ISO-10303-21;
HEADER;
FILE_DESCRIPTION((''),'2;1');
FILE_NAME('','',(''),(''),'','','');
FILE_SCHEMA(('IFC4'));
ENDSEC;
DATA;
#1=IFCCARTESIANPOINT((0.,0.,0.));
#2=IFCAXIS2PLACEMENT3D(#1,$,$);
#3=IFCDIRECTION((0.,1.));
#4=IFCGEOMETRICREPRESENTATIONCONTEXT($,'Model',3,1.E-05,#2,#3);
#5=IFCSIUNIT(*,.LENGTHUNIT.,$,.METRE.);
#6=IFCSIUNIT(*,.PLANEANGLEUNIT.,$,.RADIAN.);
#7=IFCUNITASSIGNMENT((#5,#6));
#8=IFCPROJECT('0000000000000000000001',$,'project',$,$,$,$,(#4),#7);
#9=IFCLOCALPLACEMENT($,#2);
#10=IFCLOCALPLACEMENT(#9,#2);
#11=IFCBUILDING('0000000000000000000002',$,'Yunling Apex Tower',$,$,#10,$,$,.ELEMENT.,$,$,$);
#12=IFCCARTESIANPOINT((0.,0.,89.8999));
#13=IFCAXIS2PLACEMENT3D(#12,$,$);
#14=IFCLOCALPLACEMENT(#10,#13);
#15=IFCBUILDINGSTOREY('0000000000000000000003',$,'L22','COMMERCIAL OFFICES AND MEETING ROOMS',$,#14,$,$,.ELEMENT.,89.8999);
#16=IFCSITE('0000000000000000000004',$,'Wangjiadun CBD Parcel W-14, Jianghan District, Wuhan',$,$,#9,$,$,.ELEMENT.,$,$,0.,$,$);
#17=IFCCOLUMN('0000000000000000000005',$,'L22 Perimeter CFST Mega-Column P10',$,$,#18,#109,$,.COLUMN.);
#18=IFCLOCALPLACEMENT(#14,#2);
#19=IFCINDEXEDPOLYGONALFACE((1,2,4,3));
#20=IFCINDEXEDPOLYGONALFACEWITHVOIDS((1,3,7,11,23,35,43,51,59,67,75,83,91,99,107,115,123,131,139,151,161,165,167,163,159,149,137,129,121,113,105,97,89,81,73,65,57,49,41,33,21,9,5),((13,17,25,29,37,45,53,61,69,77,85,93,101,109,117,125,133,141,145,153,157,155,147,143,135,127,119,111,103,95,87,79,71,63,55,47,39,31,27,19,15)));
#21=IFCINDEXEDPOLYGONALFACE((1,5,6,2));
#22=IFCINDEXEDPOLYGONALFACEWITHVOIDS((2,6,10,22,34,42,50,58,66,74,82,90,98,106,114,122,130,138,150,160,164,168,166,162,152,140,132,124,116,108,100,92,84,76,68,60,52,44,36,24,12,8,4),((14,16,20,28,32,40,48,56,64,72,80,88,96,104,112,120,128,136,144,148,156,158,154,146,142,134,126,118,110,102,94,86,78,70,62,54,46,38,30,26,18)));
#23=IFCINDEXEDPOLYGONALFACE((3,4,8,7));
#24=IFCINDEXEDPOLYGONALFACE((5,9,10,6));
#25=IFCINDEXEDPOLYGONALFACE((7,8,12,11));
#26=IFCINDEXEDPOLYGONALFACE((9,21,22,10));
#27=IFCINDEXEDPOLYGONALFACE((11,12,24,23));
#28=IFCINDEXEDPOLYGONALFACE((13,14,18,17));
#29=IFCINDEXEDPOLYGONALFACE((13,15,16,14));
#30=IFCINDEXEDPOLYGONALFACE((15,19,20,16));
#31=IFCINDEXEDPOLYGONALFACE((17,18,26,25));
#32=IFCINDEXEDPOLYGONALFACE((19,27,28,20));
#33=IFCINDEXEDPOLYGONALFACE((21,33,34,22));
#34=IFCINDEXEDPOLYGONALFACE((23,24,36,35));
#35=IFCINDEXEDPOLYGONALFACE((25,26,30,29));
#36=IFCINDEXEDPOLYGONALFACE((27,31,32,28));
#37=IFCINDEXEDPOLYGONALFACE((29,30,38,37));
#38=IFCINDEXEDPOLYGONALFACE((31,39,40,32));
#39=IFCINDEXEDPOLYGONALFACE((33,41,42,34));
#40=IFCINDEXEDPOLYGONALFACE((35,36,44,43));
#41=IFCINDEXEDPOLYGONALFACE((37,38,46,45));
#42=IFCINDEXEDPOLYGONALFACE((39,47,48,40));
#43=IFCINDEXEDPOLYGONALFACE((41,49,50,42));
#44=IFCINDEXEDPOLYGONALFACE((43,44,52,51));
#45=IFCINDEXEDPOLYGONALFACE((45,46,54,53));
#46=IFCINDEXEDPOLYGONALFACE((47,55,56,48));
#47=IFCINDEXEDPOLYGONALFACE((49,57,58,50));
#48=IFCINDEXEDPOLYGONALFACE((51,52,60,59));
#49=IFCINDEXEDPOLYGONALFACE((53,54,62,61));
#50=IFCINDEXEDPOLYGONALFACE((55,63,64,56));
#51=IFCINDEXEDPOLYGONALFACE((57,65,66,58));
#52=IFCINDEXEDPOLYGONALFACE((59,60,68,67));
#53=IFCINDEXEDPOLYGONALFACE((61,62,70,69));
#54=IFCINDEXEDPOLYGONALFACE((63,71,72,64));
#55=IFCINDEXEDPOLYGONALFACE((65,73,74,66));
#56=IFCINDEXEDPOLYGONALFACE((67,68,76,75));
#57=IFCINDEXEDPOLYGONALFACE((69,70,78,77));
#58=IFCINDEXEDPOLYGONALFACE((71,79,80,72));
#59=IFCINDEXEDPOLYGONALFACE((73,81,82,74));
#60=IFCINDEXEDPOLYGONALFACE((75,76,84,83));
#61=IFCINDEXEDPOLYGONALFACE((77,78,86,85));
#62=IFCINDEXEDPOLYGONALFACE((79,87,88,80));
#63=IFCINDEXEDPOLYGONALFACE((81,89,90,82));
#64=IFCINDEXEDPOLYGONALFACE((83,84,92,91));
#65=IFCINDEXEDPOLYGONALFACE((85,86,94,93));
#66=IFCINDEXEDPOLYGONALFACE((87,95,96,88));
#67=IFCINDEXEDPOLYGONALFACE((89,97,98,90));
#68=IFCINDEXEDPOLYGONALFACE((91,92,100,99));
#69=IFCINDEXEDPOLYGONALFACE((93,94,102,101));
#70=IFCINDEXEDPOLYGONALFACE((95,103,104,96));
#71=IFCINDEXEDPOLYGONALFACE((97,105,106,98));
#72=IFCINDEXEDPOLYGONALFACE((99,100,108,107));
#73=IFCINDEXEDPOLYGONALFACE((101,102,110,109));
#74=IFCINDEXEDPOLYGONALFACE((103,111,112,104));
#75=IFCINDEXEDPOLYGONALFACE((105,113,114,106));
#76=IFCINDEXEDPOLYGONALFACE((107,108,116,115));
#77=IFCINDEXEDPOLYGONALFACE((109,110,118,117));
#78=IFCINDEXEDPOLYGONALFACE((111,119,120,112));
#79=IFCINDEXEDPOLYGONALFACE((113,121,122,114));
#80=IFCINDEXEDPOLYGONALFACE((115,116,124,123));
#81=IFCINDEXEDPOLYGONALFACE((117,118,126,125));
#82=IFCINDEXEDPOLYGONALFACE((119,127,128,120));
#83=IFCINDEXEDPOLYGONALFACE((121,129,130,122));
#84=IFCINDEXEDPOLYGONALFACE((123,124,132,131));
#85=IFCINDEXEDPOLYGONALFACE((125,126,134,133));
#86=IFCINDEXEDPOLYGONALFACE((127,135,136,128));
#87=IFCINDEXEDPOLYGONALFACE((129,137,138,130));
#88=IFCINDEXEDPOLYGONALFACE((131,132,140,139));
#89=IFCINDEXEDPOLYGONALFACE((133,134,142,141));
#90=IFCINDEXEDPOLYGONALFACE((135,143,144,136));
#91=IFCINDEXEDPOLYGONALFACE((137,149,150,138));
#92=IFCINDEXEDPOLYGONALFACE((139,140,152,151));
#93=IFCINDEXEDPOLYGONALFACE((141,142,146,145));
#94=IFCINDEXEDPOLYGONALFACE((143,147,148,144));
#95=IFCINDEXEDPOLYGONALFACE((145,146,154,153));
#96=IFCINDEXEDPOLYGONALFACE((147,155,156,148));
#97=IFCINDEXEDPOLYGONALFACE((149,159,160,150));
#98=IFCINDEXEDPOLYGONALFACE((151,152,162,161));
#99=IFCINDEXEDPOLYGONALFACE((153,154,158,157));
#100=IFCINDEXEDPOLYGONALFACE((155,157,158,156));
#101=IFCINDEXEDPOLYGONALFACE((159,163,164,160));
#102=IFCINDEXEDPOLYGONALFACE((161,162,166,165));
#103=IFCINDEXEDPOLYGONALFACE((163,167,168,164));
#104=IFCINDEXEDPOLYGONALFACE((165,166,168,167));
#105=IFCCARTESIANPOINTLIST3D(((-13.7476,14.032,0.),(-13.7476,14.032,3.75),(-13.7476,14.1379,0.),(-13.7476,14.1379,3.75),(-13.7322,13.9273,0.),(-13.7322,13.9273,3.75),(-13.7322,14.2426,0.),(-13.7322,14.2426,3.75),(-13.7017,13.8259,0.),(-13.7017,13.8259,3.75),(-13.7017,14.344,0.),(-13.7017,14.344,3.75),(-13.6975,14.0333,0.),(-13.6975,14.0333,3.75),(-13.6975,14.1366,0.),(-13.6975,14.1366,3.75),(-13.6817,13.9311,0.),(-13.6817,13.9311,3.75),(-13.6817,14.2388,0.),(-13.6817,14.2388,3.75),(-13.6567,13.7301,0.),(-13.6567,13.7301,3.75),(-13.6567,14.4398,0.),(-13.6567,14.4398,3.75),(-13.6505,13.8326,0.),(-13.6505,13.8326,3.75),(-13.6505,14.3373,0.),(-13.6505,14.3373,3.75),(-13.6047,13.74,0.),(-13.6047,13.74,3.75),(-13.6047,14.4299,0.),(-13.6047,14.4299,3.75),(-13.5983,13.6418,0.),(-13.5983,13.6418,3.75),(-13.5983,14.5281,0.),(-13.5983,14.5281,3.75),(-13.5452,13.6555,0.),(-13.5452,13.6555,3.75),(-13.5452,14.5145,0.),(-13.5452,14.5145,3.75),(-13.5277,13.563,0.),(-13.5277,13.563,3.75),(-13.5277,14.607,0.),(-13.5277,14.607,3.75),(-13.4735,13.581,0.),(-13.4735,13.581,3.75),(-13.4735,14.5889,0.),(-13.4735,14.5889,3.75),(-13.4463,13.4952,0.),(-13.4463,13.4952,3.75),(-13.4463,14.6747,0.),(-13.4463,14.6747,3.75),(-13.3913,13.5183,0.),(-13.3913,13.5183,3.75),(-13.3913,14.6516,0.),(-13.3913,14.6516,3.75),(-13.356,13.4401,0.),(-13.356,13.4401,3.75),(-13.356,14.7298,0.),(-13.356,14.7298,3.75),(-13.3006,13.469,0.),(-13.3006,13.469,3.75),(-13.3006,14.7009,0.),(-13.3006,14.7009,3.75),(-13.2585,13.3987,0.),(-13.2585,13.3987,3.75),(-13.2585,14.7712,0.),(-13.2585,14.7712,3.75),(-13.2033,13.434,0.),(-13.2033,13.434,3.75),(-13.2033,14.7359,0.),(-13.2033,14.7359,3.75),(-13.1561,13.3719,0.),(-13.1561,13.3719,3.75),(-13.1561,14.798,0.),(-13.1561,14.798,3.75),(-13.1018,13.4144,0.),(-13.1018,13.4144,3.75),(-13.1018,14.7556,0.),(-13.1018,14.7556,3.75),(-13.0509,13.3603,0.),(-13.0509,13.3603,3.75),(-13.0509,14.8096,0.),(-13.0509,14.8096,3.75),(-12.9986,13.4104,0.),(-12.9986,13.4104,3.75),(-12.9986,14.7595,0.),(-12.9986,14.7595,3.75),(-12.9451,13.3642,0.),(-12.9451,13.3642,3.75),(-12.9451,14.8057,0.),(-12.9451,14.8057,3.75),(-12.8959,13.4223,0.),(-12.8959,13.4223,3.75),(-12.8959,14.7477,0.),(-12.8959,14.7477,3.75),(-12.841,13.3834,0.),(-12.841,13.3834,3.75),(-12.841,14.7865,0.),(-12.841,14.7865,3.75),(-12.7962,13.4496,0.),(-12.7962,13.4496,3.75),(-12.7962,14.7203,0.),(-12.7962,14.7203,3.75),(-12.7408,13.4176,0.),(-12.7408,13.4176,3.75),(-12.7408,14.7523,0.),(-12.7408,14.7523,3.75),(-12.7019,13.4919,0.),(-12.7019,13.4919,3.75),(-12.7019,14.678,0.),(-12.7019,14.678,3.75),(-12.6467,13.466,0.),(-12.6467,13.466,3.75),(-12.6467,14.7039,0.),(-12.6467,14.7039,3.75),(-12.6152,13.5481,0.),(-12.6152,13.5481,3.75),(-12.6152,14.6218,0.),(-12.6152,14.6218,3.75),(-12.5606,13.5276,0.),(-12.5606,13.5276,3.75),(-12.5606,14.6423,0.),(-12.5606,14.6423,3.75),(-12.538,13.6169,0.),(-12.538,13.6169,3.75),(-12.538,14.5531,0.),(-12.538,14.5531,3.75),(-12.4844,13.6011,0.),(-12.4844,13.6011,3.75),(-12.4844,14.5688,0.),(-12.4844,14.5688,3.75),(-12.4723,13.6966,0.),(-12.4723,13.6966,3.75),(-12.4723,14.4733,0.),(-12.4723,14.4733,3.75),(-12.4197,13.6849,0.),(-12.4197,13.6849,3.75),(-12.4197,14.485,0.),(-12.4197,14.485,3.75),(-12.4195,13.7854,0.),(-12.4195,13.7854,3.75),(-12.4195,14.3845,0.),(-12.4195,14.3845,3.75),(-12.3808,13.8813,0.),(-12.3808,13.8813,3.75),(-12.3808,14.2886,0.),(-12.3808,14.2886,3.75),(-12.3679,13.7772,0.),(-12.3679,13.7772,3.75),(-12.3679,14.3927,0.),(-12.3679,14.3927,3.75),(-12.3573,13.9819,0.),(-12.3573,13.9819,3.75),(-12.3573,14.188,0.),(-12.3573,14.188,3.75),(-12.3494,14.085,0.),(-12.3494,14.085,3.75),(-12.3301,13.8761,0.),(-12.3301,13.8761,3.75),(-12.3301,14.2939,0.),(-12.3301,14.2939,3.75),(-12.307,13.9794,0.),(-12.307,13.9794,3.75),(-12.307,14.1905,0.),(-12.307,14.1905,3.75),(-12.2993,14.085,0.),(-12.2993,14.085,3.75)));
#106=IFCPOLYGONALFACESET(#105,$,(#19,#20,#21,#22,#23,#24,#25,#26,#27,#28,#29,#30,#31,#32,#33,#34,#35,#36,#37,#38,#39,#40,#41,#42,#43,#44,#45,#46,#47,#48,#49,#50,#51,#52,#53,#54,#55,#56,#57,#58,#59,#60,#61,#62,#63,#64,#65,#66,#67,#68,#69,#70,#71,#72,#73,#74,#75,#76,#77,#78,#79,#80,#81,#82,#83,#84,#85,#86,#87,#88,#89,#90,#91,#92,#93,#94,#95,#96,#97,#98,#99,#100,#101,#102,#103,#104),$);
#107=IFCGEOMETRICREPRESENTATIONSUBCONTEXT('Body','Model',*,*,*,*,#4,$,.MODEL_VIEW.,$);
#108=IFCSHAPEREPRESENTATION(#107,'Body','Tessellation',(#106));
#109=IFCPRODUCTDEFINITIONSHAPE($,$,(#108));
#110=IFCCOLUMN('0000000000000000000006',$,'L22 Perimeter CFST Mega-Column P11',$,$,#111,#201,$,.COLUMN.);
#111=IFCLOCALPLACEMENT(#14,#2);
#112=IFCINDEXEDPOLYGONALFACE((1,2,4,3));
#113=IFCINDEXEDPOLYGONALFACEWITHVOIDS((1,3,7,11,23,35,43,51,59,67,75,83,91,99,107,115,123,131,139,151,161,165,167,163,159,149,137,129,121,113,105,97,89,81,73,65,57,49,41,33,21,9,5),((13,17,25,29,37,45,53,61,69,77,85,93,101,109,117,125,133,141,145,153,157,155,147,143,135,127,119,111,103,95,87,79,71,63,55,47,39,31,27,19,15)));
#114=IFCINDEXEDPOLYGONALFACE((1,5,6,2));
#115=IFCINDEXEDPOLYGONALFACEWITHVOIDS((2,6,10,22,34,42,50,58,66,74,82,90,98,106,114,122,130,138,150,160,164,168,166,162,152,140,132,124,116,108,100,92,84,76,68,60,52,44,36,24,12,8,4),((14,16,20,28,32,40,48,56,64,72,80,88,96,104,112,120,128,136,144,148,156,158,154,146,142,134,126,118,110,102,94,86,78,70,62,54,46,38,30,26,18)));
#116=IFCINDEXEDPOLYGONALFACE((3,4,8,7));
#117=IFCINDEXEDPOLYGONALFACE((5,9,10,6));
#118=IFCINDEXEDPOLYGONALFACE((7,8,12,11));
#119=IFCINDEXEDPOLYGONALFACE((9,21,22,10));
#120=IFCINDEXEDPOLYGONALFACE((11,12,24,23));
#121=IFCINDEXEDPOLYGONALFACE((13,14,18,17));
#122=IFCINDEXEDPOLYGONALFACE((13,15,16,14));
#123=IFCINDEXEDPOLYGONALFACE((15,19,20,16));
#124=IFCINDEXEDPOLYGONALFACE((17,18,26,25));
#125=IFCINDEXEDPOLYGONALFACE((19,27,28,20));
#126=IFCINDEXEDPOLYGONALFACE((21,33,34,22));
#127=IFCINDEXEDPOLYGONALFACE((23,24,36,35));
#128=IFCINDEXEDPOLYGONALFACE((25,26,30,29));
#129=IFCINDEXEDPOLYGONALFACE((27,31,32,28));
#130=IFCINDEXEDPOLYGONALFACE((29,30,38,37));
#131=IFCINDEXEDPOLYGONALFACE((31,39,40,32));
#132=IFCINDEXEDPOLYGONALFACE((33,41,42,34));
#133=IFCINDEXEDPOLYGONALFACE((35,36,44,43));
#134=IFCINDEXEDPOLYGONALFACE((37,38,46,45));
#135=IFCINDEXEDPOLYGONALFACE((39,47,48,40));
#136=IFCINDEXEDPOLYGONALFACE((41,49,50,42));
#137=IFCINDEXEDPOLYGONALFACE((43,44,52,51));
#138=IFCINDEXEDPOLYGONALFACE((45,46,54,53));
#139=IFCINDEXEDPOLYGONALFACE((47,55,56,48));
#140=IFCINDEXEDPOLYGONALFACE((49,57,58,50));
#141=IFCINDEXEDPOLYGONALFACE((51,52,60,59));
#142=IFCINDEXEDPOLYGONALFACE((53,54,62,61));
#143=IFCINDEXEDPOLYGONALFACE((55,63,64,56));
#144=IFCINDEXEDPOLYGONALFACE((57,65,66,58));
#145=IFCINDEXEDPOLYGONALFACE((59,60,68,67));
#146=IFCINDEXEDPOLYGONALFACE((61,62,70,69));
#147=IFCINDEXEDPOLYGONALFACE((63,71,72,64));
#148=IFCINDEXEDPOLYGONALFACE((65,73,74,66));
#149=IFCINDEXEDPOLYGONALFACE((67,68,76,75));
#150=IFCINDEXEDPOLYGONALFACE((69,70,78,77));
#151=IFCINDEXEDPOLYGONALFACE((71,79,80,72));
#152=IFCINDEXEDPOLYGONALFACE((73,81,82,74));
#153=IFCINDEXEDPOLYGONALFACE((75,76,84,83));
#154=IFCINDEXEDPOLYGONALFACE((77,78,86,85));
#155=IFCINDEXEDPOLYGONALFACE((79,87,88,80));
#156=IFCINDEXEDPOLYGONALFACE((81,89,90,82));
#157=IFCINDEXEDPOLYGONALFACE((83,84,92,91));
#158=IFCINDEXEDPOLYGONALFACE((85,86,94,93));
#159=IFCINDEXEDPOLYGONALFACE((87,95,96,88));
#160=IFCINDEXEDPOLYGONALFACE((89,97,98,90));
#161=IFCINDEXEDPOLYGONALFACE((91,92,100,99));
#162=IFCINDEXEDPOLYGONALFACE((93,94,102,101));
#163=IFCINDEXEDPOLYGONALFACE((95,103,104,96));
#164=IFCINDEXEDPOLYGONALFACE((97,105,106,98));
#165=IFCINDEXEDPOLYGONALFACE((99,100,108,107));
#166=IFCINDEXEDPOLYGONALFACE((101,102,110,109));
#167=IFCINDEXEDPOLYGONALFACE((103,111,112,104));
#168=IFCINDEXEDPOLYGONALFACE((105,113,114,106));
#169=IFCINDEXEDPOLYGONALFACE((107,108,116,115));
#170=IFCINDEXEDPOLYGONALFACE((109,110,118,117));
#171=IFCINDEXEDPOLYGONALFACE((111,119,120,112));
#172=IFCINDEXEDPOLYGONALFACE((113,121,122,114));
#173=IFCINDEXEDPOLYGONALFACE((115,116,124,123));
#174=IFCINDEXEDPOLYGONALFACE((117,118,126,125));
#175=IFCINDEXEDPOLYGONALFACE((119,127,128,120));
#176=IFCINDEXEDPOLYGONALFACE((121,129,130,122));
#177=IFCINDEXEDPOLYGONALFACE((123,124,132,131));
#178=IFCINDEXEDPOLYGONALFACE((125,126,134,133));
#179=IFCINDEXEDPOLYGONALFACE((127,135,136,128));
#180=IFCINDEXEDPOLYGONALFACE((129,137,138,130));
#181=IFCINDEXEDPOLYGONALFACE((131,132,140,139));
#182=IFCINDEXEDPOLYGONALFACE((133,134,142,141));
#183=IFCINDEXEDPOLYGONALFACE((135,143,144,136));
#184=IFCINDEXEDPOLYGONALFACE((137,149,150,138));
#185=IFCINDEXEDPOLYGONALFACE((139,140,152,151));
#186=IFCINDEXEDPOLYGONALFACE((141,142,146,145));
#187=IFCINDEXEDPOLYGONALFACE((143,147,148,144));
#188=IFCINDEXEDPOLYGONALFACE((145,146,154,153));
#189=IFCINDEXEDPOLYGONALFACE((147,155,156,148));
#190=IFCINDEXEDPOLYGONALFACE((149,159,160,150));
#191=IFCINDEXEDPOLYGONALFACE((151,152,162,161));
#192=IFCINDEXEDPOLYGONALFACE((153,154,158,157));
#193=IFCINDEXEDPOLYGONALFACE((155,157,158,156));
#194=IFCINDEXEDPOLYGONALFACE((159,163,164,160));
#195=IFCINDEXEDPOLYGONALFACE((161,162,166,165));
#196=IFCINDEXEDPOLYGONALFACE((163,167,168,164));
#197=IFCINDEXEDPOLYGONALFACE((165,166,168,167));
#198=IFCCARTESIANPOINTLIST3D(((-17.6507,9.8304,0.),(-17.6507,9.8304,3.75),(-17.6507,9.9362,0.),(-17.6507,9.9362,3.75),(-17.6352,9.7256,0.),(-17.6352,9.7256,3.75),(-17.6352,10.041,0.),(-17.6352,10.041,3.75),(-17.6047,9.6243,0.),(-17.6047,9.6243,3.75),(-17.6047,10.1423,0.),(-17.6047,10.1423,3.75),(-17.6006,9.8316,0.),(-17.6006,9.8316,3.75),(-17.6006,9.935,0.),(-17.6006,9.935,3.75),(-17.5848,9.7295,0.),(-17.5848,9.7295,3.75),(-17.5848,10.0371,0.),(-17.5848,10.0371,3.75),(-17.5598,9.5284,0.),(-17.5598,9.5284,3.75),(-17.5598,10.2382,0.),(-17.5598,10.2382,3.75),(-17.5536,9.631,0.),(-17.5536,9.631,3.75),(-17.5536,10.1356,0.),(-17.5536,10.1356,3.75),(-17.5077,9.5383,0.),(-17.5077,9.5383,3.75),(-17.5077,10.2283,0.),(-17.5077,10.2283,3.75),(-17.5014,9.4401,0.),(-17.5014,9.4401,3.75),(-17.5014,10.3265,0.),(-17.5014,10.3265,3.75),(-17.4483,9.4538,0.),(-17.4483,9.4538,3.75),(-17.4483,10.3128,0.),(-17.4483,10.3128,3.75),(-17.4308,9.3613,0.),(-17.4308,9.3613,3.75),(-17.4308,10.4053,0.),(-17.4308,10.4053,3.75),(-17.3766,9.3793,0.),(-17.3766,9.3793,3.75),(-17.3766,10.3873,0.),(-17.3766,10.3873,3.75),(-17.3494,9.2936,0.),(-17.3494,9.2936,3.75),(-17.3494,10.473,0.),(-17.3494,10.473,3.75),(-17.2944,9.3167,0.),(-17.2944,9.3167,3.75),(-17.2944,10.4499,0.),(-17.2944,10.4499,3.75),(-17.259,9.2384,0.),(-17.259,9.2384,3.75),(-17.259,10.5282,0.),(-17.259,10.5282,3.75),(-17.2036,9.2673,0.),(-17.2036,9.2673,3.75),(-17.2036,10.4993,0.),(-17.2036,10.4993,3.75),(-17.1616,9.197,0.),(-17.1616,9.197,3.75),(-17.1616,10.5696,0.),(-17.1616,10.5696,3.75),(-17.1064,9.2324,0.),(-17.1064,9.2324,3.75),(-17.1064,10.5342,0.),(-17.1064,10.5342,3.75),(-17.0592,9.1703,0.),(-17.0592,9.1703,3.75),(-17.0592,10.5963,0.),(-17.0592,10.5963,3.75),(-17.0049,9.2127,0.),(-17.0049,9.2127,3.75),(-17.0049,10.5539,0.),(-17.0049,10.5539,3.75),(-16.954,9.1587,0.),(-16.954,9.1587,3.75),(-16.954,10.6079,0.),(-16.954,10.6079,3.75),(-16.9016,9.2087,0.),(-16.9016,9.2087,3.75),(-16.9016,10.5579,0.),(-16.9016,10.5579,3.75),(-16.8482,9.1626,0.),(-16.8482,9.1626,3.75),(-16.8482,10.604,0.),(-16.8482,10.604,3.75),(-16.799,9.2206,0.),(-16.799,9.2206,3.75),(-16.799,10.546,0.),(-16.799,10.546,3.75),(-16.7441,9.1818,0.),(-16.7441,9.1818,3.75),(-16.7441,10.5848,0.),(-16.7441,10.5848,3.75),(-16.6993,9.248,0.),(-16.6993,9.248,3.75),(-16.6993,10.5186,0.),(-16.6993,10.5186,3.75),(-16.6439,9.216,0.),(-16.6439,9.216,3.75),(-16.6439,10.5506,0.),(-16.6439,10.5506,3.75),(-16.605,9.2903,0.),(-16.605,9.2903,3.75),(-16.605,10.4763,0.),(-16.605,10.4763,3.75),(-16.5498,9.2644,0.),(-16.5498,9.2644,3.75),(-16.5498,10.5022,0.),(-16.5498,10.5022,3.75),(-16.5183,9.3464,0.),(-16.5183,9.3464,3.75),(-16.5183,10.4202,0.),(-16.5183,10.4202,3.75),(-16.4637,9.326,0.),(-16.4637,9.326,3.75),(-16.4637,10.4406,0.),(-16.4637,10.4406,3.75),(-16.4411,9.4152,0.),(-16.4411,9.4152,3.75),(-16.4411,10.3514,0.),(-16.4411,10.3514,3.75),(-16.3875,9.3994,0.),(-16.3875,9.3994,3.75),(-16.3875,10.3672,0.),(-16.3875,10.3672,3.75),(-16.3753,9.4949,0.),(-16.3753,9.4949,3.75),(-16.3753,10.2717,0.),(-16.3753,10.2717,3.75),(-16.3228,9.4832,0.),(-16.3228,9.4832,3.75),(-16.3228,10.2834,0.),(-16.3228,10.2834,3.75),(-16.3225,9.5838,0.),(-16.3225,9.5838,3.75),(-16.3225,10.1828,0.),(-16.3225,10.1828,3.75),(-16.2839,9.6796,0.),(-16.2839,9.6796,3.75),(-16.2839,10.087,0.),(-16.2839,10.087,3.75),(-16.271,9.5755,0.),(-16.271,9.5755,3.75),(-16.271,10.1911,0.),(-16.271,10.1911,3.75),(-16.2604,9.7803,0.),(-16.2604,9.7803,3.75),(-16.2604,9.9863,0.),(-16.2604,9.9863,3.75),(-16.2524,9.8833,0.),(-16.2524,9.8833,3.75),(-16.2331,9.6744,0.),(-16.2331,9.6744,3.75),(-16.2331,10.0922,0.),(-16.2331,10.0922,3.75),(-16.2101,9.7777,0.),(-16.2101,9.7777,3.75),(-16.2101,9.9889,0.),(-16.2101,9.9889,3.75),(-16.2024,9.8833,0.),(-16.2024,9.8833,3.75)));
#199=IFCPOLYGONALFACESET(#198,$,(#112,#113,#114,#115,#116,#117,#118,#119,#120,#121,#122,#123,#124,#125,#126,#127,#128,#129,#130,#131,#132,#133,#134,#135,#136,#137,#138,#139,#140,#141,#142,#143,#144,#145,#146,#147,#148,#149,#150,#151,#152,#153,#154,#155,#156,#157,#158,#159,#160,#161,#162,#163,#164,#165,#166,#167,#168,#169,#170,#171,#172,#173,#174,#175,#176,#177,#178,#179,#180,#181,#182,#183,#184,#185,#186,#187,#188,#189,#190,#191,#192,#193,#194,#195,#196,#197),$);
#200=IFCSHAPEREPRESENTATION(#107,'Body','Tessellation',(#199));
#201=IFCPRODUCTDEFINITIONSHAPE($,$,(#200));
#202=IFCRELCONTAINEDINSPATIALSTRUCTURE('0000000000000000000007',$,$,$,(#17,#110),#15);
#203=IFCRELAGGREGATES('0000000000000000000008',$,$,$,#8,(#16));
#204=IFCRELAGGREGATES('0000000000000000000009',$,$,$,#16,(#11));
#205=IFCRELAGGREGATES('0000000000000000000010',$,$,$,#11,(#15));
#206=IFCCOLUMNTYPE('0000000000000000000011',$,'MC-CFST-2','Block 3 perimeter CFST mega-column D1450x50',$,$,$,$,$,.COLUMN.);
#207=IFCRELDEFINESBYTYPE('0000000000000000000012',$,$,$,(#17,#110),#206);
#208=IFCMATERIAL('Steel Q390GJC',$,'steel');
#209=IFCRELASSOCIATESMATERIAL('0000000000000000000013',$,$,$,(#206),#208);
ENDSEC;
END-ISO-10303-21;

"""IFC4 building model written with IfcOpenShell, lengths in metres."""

from ifc_helpers import new_model, si_unit, direction, frame, origin, origin_2d, place, context, subcontext, project, spatial, hollow_circle, extrude, source, transform, mapped, material, material_profile, profile_set, type_object, element, save


model = new_model("IFC4")

# Units and contexts
model_context = context("Model", 3, precision=1e-05, world=origin(), true_north=direction((0.0, 1.0)))
body_context = subcontext(model_context, "Body", "Model", "MODEL_VIEW")
ifc_project = project(units=[si_unit("LENGTHUNIT", "METRE"), si_unit("PLANEANGLEUNIT", "RADIAN")], contexts=[model_context])

# Site, building, storey
site_placement = place(None, origin())
site = spatial("IfcSite", under=ifc_project, at=site_placement, Name="Wangjiadun CBD Parcel W-14, Jianghan District, Wuhan", CompositionType="ELEMENT", RefElevation=0.0)
building_placement = place(site_placement, origin())
building = spatial("IfcBuilding", under=site, at=building_placement, Name="Yunling Apex Tower", CompositionType="ELEMENT")
storey_placement = place(building_placement, frame((0.0, 0.0, 89.8999)))
storey = spatial("IfcBuildingStorey", under=building, at=storey_placement, Name="L22", Description="COMMERCIAL OFFICES AND MEETING ROOMS", CompositionType="ELEMENT", Elevation=89.8999)

# Columns
ifc_material_1 = material(Name="Steel Q390GJC", Category="steel")
ifc_material_profile_1 = material_profile(ifc_material_1, hollow_circle(Radius=0.7251, WallThickness=0.05, at=origin_2d()))
ifc_profile_set_1 = profile_set([ifc_material_profile_1], Name="Steel Q390GJC")
column_type = type_object("IfcColumnType", Name="MC-CFST-2", Description="Block 3 perimeter CFST mega-column D1450x50", PredefinedType="COLUMN", material=ifc_profile_set_1)
shared_shape_1 = source(origin(), body_context, "Body", "SweptSolid", [
    extrude(hollow_circle(Radius=0.7251, WallThickness=0.05, at=origin_2d()), origin(), (0.0, 0.0, 1.0), 3.75),
])
for number, where, z_axis, x_axis, name in (
    (1, (-13.0244, 14.085, 0.0), (0.0, 0.0, 1.0), (1.0, 0.0, 0.0), "L22 Perimeter CFST Mega-Column P10"),
    (2, (-16.9275, 9.8833, 0.0), (0.0, 0.0, 1.0), (1.0, 0.0, 0.0), "L22 Perimeter CFST Mega-Column P11"),
):
    element("IfcColumn", number, at=place(storey_placement, frame(where, z_axis=z_axis, x_axis=x_axis)), inside=storey, type_object=column_type, Name=name, PredefinedType="COLUMN", context=body_context, shape_type="MappedRepresentation", body=[
        mapped(shared_shape_1, transform((0.0, 0.0, 0.0), scale=1.0)),
    ])

save(model, "model.ifc")
